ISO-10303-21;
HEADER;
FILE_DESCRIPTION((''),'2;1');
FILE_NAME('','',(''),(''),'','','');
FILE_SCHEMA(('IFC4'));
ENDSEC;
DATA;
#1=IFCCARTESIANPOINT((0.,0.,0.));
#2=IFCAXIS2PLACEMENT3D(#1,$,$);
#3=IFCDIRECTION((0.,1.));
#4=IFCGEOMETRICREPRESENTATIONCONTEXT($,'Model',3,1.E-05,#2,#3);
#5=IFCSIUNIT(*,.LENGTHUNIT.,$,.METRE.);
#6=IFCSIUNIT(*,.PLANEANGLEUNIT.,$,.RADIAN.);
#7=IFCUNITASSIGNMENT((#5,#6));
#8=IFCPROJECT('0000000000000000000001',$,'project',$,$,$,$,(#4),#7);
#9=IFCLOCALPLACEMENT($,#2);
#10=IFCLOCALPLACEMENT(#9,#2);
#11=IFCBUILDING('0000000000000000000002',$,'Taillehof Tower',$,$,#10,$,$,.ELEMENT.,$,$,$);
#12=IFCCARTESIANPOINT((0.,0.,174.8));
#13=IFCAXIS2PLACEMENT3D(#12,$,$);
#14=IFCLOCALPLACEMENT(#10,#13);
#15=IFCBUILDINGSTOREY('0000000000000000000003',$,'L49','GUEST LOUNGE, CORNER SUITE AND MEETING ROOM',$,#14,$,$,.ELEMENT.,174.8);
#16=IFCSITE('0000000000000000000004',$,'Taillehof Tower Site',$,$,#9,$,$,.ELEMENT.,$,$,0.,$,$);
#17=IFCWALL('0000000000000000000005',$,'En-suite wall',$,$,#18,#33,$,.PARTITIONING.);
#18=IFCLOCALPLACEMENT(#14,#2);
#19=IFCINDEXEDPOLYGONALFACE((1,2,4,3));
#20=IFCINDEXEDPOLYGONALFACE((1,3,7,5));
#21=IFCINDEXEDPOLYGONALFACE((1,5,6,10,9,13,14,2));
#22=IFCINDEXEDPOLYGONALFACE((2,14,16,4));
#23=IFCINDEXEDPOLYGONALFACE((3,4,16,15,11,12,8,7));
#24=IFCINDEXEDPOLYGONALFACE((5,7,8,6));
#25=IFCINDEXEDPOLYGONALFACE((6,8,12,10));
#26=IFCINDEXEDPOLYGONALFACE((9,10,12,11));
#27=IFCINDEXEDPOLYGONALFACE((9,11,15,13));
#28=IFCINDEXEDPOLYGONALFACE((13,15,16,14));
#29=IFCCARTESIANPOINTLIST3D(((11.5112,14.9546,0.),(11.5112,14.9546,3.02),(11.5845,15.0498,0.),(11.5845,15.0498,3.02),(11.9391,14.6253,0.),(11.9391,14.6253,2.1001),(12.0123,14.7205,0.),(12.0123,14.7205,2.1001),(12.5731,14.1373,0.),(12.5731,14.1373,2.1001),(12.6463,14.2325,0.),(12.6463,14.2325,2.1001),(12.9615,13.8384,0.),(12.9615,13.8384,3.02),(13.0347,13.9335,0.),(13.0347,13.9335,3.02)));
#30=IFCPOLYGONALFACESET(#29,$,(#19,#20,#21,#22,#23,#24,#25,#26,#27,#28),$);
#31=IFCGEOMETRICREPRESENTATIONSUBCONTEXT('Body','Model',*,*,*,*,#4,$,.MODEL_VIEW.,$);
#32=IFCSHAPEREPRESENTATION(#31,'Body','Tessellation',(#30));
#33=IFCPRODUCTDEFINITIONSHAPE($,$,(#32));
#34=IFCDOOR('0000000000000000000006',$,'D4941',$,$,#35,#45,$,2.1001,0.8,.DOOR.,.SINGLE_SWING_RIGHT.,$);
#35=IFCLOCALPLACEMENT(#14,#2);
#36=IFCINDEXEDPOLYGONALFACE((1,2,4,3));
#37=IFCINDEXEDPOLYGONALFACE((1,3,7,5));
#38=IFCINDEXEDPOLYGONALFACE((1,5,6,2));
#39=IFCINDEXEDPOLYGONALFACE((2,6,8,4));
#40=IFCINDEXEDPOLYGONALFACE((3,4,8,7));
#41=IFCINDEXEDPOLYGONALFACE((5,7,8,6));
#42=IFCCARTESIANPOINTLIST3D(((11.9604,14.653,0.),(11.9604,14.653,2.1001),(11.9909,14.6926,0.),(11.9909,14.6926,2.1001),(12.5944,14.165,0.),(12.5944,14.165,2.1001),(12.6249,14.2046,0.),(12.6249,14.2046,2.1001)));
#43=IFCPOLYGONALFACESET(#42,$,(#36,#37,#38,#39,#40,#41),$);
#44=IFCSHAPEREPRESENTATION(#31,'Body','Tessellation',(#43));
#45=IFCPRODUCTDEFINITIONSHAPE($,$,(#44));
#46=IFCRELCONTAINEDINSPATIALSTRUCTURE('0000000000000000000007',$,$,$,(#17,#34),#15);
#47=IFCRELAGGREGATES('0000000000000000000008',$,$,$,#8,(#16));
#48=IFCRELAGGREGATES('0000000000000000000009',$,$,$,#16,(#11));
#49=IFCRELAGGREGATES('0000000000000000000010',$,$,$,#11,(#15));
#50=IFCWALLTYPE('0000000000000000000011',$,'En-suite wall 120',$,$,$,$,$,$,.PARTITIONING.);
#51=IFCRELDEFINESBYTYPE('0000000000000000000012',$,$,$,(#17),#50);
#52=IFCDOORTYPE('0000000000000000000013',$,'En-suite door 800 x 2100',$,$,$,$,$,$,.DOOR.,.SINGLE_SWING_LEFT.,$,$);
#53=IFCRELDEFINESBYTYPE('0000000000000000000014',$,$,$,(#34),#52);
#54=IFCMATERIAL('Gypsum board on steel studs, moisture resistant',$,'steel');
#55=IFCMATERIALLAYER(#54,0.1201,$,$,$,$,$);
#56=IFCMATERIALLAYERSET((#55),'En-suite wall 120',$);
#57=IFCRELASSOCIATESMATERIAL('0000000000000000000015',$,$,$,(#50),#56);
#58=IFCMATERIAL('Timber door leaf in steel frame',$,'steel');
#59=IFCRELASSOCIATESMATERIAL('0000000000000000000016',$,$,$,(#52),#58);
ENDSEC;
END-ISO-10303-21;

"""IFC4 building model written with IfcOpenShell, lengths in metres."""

from ifc_helpers import new_model, si_unit, direction, frame, frame_2d, origin, place, context, subcontext, project, spatial, rectangle, extrude, material, layer, layer_set, type_object, element, fill, save


model = new_model("IFC4")

# Units and contexts
model_context = context("Model", 3, precision=1e-05, world=origin(), true_north=direction((0.0, 1.0)))
body_context = subcontext(model_context, "Body", "Model", "MODEL_VIEW")
ifc_project = project(units=[si_unit("LENGTHUNIT", "METRE"), si_unit("PLANEANGLEUNIT", "RADIAN")], contexts=[model_context])

# Site, building, storey
site_placement = place(None, origin())
site = spatial("IfcSite", under=ifc_project, at=site_placement, Name="Taillehof Tower Site", CompositionType="ELEMENT", RefElevation=0.0)
building_placement = place(site_placement, origin())
building = spatial("IfcBuilding", under=site, at=building_placement, Name="Taillehof Tower", CompositionType="ELEMENT")
storey_placement = place(building_placement, frame((0.0, 0.0, 174.8)))
storey = spatial("IfcBuildingStorey", under=building, at=storey_placement, Name="L49", Description="GUEST LOUNGE, CORNER SUITE AND MEETING ROOM", CompositionType="ELEMENT", Elevation=174.8)

# Shared definitions
ifc_material_1 = material(Name="Gypsum board on steel studs, moisture resistant", Category="steel")
ifc_layer_1 = layer(ifc_material_1, 0.1201)
ifc_layer_set_1 = layer_set([ifc_layer_1], Name="En-suite wall 120")
wall_type_1 = type_object("IfcWallType", Name="En-suite wall 120", PredefinedType="PARTITIONING", material=ifc_layer_set_1)

# Wall, opening, door
wall_1_placement = place(storey_placement, frame((11.5479, 15.0022, 0.0), z_axis=(0.0, 0.0, 1.0), x_axis=(0.792445, -0.609943, 0.0)))
wall_1 = element("IfcWall", 1, at=wall_1_placement, inside=storey, type_object=wall_type_1, Name="En-suite wall", PredefinedType="PARTITIONING", context=body_context, shape_type="SweptSolid", body=[
    extrude(rectangle(XDim=1.8301, YDim=0.1201, at=frame_2d((0.915, 0.0))), origin(), (0.0, 0.0, 1.0), 3.02),
])
opening_1_placement = place(wall_1_placement, frame((0.54, 0.0, 0.0)))
opening_1 = element("IfcOpeningElement", 2, at=opening_1_placement, cuts=wall_1, PredefinedType="OPENING", context=body_context, shape_type="SweptSolid", body=[
    extrude(rectangle(XDim=0.8, YDim=2.1001, at=frame_2d((0.3999, 1.05))), frame((0.0, 0.0701, 0.0), z_axis=(0.0, -1.0, 0.0), x_axis=(1.0, 0.0, 0.0)), (0.0, 0.0, 1.0), 0.1401),
])
ifc_material_2 = material(Name="Timber door leaf in steel frame", Category="steel")
door_type_1 = type_object("IfcDoorType", Name="En-suite door 800 x 2100", OperationType="SINGLE_SWING_LEFT", PredefinedType="DOOR", material=ifc_material_2)
door_1_placement = place(opening_1_placement, origin())
door_1 = element("IfcDoor", 3, at=door_1_placement, inside=storey, type_object=door_type_1, Name="D4941", OperationType="SINGLE_SWING_RIGHT", OverallHeight=2.1001, OverallWidth=0.8, PredefinedType="DOOR", context=body_context, shape_type="SweptSolid", body=[
    extrude(rectangle(XDim=0.8, YDim=2.1001, at=frame_2d((0.3999, 1.05))), frame((0.0, 0.0249, 0.0), z_axis=(0.0, -1.0, 0.0), x_axis=(1.0, 0.0, 0.0)), (0.0, 0.0, 1.0), 0.05),
])
fill(opening_1, door_1)

save(model, "model.ifc")
